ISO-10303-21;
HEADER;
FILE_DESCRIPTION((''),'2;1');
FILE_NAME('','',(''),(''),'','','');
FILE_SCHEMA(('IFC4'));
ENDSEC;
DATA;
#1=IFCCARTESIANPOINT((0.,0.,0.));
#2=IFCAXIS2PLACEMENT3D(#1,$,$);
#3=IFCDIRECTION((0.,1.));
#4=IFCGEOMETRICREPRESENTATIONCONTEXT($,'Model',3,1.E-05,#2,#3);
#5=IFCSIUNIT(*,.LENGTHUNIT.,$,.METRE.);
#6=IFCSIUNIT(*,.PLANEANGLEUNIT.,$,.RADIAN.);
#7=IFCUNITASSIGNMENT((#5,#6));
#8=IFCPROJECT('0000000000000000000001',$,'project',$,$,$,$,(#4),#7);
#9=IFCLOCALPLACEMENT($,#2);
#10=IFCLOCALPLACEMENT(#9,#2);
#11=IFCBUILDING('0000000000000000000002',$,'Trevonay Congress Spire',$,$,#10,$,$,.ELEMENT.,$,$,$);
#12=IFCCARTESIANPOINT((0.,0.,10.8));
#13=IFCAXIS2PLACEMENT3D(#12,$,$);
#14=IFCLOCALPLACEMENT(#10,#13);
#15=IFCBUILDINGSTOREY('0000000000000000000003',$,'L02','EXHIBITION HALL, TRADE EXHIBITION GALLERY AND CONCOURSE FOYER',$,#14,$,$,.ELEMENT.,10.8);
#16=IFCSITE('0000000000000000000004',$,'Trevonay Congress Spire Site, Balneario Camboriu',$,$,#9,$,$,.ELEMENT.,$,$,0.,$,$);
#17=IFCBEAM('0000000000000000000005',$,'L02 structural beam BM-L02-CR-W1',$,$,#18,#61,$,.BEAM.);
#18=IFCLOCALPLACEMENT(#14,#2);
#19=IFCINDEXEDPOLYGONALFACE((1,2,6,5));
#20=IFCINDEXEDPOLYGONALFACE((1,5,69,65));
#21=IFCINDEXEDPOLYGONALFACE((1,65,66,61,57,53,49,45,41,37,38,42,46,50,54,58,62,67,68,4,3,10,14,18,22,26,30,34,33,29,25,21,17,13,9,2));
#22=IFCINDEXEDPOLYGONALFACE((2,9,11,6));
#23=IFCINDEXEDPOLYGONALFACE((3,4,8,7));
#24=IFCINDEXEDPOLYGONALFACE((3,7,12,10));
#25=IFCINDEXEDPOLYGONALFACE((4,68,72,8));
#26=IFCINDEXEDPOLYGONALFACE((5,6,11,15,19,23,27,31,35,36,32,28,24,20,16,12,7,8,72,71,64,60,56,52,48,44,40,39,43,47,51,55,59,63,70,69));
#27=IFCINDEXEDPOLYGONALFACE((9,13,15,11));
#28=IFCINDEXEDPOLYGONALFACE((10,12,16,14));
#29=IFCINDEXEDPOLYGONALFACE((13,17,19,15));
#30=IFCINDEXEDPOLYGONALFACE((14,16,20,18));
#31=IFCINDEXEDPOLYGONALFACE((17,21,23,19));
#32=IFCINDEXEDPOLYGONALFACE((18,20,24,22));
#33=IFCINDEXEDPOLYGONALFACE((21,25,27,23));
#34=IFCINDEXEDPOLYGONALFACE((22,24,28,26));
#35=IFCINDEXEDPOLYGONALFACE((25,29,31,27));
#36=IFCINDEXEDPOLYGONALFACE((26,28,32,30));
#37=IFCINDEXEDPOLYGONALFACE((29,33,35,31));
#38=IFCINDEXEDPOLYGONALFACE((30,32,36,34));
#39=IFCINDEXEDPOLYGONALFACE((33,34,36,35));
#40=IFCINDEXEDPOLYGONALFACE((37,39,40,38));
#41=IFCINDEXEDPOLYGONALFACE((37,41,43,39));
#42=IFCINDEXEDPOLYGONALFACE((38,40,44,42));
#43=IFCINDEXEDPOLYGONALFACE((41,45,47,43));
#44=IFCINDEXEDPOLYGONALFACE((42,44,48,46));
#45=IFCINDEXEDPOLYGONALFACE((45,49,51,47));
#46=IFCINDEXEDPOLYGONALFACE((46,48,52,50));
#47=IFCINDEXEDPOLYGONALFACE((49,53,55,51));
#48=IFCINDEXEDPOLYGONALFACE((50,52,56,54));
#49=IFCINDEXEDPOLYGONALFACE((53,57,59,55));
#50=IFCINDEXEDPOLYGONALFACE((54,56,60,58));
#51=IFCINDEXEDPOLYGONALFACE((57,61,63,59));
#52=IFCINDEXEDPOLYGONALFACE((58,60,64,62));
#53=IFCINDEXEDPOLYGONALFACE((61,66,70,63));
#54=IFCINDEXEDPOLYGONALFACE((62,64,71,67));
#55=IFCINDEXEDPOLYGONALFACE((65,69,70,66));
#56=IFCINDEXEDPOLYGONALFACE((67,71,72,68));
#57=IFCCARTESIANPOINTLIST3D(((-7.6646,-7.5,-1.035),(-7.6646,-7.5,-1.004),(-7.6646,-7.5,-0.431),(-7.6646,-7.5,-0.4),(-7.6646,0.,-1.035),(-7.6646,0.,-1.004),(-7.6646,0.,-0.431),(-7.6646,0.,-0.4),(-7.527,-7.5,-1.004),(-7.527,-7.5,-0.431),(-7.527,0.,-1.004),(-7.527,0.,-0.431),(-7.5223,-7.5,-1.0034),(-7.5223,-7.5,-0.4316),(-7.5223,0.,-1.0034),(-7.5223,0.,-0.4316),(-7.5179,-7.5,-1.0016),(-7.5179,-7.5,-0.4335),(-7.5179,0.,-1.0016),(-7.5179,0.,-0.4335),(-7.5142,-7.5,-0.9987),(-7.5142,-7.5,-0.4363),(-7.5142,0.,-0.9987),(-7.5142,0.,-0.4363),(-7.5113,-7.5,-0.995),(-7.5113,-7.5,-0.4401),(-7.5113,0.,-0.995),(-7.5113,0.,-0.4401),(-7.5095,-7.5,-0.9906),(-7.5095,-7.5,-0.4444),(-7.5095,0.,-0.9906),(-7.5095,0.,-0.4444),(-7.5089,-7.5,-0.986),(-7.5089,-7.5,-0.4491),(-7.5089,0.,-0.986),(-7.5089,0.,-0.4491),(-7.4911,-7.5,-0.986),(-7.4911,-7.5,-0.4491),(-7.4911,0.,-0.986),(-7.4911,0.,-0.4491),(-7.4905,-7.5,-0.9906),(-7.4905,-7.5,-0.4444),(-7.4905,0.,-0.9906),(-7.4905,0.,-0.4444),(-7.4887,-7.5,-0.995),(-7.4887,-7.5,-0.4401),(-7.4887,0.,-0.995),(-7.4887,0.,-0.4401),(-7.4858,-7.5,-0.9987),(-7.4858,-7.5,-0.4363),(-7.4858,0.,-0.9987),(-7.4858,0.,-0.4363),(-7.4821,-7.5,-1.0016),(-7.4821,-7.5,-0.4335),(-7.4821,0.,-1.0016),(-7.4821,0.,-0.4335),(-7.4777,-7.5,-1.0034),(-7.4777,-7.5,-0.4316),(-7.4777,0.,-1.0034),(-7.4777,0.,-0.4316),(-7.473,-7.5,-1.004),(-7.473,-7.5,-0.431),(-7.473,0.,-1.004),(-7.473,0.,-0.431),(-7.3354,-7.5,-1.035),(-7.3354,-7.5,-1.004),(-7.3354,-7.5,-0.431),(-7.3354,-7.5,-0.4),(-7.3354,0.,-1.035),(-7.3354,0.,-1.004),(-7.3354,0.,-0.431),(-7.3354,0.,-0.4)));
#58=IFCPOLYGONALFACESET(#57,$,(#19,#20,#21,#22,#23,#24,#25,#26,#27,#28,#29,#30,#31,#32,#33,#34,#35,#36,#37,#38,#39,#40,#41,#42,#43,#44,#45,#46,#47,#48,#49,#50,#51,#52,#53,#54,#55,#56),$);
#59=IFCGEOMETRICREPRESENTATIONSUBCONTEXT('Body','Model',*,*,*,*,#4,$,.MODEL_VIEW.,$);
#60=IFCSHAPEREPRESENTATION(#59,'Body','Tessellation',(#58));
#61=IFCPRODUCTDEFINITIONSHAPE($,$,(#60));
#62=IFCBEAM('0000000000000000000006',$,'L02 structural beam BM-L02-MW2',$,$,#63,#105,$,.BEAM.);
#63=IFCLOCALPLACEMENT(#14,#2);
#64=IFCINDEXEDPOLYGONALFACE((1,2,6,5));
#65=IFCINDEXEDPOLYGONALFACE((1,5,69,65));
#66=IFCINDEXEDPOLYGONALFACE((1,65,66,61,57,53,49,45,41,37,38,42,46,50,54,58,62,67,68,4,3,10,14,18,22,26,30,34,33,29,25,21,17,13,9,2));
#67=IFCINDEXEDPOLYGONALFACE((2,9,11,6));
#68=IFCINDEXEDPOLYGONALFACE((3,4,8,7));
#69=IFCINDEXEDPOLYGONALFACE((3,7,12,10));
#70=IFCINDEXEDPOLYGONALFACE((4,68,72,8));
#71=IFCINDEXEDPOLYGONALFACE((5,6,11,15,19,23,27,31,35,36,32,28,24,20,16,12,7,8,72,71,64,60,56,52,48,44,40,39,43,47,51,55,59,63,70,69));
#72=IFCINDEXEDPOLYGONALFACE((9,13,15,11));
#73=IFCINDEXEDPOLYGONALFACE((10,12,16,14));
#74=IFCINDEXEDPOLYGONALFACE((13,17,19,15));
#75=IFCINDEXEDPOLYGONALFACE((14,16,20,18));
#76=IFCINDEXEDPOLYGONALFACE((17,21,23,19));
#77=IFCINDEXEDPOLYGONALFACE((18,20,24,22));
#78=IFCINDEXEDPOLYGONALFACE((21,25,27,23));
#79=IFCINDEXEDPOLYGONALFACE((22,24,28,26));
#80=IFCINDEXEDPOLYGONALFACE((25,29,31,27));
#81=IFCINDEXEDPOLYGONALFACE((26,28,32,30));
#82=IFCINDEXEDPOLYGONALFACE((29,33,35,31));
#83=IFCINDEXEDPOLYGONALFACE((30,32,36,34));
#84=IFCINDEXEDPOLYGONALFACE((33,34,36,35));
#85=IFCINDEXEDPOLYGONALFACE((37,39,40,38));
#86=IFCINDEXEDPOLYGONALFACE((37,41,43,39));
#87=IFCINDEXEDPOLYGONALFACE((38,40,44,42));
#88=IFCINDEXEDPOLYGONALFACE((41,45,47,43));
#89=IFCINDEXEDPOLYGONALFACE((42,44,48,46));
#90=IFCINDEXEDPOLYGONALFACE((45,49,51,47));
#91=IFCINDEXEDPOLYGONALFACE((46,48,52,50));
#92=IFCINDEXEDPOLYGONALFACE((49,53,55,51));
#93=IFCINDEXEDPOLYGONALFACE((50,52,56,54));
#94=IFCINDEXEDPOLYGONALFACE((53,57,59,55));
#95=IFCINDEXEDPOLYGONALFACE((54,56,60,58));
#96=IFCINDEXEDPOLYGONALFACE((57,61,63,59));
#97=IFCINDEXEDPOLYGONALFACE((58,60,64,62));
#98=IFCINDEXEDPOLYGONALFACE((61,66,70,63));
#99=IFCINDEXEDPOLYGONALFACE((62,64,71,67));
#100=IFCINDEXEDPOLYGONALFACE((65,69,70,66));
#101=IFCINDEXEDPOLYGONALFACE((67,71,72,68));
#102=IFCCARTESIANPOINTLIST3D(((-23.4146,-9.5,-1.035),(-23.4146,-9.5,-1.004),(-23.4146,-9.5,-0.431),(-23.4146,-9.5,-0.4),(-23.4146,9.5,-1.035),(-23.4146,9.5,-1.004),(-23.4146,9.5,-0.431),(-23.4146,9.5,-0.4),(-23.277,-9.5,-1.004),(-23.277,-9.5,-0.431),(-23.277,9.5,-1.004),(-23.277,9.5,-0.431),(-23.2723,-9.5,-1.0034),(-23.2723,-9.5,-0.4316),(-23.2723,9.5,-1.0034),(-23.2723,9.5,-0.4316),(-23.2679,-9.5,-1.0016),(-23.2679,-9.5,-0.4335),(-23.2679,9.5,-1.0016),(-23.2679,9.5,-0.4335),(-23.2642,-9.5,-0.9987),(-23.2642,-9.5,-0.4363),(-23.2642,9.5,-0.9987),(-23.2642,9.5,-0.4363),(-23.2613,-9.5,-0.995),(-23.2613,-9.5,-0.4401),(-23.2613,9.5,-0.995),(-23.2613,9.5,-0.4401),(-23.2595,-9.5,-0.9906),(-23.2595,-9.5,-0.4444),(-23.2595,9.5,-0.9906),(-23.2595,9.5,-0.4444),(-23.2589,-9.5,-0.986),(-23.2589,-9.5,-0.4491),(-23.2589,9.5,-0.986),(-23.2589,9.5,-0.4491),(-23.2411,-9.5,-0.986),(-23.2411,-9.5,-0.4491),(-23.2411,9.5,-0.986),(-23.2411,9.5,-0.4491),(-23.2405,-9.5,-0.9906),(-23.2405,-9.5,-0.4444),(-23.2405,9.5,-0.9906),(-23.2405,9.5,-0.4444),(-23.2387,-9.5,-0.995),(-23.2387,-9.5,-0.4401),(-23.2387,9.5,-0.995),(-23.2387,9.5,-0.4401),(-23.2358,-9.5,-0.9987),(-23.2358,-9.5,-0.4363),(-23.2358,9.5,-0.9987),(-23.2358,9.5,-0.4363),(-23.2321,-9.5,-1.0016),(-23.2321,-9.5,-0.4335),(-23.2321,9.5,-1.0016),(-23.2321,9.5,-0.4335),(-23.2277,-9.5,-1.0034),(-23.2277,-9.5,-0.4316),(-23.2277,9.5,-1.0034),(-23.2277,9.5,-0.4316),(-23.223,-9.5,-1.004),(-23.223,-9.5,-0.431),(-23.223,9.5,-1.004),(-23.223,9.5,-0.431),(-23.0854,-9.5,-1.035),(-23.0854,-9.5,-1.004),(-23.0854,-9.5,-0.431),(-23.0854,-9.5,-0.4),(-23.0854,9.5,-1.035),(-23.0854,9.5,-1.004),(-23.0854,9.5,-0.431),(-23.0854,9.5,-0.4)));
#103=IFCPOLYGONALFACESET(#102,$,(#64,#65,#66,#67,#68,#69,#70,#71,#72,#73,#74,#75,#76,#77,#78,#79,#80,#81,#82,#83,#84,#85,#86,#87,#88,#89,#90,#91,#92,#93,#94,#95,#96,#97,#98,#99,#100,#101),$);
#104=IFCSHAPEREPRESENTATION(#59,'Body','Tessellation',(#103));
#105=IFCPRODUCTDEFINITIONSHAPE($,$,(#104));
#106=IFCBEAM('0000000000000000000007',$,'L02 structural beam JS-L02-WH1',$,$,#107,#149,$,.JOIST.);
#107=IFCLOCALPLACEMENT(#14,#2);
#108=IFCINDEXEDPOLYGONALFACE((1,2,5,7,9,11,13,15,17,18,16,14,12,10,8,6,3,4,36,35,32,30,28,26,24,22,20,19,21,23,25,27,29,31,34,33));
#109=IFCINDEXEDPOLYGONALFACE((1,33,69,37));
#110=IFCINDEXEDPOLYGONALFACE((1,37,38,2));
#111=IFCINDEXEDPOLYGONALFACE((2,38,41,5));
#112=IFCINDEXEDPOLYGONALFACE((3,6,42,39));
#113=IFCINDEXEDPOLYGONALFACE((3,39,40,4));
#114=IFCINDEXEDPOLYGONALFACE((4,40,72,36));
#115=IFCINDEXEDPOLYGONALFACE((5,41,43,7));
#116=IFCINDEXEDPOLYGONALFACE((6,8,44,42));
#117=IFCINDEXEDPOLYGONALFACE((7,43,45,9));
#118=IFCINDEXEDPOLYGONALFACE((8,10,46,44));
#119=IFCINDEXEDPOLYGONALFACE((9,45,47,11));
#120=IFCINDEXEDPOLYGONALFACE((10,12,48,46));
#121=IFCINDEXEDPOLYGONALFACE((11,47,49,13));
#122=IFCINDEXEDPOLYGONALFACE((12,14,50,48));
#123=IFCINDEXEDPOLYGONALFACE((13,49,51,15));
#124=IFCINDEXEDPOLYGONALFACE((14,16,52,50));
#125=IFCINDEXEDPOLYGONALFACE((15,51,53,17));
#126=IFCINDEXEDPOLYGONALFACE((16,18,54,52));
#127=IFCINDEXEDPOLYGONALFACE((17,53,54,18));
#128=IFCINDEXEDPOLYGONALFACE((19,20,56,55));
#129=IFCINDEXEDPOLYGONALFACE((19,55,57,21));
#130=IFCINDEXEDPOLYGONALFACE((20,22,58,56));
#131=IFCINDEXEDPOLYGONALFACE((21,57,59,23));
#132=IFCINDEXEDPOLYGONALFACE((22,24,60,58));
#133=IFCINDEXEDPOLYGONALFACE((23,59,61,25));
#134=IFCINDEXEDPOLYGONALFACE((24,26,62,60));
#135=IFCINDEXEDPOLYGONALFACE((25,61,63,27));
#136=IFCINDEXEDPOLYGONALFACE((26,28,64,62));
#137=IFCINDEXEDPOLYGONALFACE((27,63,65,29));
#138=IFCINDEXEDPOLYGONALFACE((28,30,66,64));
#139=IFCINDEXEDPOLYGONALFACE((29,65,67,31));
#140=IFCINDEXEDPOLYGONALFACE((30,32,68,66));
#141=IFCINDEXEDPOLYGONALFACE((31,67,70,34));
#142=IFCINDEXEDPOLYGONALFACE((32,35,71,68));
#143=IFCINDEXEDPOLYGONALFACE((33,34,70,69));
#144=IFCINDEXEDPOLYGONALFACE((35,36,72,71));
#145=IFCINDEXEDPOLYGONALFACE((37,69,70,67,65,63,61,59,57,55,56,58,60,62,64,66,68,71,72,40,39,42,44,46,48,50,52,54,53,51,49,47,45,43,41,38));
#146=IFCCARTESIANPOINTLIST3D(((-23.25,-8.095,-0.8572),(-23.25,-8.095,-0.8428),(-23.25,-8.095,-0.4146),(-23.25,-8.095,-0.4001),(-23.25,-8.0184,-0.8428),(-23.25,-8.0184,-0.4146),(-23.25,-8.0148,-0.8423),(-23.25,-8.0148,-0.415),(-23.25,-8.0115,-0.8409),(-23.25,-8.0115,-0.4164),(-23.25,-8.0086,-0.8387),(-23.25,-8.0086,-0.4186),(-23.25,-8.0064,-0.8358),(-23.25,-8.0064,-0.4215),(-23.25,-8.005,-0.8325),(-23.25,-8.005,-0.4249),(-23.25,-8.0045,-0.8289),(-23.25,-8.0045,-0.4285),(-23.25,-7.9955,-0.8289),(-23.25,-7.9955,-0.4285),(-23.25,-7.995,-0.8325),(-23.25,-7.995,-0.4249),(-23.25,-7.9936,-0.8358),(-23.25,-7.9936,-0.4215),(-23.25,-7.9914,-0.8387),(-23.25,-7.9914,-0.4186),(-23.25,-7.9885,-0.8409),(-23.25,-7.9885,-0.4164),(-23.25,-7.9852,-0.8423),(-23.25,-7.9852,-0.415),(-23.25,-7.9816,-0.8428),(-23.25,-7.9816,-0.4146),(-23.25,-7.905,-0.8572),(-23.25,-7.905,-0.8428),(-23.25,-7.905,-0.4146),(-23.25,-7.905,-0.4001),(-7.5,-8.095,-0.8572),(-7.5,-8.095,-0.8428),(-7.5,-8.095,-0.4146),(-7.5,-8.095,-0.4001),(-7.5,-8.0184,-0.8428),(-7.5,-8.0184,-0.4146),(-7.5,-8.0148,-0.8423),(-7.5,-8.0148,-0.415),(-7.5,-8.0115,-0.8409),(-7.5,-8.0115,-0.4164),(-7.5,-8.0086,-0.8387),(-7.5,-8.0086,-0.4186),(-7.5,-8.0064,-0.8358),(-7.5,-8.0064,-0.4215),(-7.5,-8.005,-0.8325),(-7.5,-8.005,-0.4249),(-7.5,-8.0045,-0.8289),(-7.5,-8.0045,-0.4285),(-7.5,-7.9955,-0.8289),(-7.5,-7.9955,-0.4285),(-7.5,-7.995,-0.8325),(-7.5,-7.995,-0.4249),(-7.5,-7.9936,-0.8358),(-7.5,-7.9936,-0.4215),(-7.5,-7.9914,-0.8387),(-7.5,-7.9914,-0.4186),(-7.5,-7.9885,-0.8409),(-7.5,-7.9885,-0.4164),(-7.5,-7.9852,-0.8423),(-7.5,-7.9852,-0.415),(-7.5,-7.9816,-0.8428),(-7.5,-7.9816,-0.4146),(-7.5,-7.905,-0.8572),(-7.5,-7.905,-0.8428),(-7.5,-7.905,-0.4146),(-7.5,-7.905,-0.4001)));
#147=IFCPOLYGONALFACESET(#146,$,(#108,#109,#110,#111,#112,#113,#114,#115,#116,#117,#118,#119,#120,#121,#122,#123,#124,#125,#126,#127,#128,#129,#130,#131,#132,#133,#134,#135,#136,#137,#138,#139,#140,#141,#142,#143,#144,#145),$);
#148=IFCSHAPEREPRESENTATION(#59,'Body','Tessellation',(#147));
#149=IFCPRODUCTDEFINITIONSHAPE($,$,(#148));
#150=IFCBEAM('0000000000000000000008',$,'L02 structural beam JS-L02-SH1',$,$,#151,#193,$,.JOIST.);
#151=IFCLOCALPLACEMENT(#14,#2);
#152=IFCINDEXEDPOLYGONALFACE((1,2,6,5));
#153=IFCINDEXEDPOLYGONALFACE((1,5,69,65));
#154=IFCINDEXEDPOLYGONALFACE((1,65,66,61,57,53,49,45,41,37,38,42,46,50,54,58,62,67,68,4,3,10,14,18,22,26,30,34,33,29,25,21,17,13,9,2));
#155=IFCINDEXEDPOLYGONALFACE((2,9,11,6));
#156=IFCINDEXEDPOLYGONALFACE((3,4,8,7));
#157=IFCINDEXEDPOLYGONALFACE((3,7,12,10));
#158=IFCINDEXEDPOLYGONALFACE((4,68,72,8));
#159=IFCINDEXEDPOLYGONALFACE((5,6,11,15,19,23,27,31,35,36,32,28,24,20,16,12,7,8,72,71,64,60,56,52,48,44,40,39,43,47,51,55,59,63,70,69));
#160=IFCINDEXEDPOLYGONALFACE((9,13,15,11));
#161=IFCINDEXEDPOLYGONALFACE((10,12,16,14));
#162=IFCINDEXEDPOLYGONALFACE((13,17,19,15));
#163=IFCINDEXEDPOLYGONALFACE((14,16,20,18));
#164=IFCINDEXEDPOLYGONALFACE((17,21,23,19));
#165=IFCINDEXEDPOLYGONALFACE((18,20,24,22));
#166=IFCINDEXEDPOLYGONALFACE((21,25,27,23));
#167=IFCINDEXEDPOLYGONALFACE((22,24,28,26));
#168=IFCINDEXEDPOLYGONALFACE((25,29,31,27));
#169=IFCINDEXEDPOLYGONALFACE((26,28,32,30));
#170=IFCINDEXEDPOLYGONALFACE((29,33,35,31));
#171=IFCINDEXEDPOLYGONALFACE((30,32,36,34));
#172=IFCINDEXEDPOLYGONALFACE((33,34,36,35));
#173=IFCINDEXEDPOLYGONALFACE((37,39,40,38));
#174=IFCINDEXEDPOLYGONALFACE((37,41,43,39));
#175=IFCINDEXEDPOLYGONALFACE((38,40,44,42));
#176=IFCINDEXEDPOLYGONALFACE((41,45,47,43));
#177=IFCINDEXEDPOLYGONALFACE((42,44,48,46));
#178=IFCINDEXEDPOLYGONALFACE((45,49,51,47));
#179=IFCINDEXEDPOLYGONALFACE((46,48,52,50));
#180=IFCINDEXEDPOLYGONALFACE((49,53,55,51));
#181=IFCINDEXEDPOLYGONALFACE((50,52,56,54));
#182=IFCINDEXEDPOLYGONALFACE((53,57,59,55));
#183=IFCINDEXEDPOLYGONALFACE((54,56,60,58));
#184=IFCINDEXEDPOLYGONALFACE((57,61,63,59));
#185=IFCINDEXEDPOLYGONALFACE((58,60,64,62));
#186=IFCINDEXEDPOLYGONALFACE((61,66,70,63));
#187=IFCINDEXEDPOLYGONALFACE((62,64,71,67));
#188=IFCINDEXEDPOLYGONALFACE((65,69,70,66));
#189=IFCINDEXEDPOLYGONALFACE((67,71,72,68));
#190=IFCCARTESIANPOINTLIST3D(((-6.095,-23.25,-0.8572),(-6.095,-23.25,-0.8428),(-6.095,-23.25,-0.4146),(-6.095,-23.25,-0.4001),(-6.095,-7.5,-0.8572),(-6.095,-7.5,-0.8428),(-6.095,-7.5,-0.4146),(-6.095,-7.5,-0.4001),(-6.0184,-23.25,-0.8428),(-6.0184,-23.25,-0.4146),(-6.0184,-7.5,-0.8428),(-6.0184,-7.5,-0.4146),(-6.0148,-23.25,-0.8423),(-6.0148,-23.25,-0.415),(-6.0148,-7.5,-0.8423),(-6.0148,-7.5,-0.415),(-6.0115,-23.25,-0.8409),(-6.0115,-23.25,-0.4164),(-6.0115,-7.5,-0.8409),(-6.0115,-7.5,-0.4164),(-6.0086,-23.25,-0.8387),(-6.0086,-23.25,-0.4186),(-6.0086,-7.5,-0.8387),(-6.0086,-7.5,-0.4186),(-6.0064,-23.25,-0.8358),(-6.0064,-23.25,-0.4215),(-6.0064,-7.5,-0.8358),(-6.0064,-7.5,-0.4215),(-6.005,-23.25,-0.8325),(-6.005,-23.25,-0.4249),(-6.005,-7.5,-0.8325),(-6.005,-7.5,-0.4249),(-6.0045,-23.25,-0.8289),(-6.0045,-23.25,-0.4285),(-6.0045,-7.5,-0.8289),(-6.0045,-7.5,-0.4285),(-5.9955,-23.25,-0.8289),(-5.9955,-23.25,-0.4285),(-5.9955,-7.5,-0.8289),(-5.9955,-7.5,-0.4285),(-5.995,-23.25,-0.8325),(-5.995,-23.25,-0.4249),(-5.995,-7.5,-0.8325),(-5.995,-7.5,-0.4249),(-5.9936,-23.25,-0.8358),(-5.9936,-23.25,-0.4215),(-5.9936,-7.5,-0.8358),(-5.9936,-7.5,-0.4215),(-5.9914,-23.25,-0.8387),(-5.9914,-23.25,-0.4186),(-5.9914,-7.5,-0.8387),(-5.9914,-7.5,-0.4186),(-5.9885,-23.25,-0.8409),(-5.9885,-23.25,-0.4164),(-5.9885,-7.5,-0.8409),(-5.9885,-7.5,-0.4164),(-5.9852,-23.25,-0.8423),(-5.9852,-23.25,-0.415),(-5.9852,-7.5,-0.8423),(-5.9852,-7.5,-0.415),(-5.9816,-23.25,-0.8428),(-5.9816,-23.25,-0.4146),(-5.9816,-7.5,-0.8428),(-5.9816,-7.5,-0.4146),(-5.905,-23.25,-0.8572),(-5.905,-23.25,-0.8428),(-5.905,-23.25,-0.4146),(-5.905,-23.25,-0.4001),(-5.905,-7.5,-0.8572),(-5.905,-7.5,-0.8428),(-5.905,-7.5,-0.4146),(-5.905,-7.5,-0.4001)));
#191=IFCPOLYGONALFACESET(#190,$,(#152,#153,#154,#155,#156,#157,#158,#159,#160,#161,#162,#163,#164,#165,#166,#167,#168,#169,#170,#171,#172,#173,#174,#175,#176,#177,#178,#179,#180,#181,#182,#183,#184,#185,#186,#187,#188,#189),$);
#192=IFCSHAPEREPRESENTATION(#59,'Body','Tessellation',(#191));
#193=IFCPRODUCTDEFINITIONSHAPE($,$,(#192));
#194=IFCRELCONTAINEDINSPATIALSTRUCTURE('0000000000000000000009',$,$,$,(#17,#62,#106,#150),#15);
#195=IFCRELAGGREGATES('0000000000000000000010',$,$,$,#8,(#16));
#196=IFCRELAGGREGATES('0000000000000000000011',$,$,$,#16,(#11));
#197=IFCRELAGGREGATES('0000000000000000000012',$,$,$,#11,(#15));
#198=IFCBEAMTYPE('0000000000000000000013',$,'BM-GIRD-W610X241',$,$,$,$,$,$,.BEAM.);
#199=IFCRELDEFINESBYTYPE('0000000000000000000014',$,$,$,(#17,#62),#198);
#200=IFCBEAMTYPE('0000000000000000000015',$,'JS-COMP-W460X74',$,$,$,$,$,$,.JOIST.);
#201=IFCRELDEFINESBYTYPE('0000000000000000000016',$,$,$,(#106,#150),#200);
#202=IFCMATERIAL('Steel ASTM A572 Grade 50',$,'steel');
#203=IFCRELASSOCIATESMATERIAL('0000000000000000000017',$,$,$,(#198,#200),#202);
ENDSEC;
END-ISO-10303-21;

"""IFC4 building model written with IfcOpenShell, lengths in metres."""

from ifc_helpers import new_model, si_unit, direction, frame, origin, origin_2d, place, context, subcontext, project, spatial, i_section, extrude, material, material_profile, profile_set, type_object, element, save


model = new_model("IFC4")

# Units and contexts
model_context = context("Model", 3, precision=1e-05, world=origin(), true_north=direction((0.0, 1.0)))
body_context = subcontext(model_context, "Body", "Model", "MODEL_VIEW")
ifc_project = project(units=[si_unit("LENGTHUNIT", "METRE"), si_unit("PLANEANGLEUNIT", "RADIAN")], contexts=[model_context])

# Site, building, storey
site_placement = place(None, origin())
site = spatial("IfcSite", under=ifc_project, at=site_placement, Name="Trevonay Congress Spire Site, Balneario Camboriu", CompositionType="ELEMENT", RefElevation=0.0)
building_placement = place(site_placement, origin())
building = spatial("IfcBuilding", under=site, at=building_placement, Name="Trevonay Congress Spire", CompositionType="ELEMENT")
storey_placement = place(building_placement, frame((0.0, 0.0, 10.8)))
storey = spatial("IfcBuildingStorey", under=building, at=storey_placement, Name="L02", Description="EXHIBITION HALL, TRADE EXHIBITION GALLERY AND CONCOURSE FOYER", CompositionType="ELEMENT", Elevation=10.8)

# Shared definitions
ifc_material_1 = material(Name="Steel ASTM A572 Grade 50", Category="steel")

# Beams
ifc_material_profile_1 = material_profile(ifc_material_1, i_section(OverallWidth=0.3291, OverallDepth=0.635, WebThickness=0.0178, FlangeThickness=0.031, FilletRadius=0.0181, at=origin_2d()), Name="W610x241")
ifc_profile_set_1 = profile_set([ifc_material_profile_1], Name="Steel ASTM A572 Grade 50")
beam_type_1 = type_object("IfcBeamType", Name="BM-GIRD-W610X241", PredefinedType="BEAM", material=ifc_profile_set_1)
beam_1_placement = place(storey_placement, frame((-7.5, -7.5, -0.7175), z_axis=(0.0, 1.0, 0.0), x_axis=(-1.0, 0.0, 0.0)))
element("IfcBeam", 1, at=beam_1_placement, inside=storey, type_object=beam_type_1, Name="L02 structural beam BM-L02-CR-W1", PredefinedType="BEAM", context=body_context, shape_type="SweptSolid", body=[
    extrude(i_section(OverallWidth=0.3291, OverallDepth=0.635, WebThickness=0.0178, FlangeThickness=0.031, FilletRadius=0.0181, at=origin_2d()), origin(), (0.0, 0.0, 1.0), 7.5),
])
beam_2_placement = place(storey_placement, frame((-23.25, -9.5, -0.7175), z_axis=(0.0, 1.0, 0.0), x_axis=(-1.0, 0.0, 0.0)))
element("IfcBeam", 2, at=beam_2_placement, inside=storey, type_object=beam_type_1, Name="L02 structural beam BM-L02-MW2", PredefinedType="BEAM", context=body_context, shape_type="SweptSolid", body=[
    extrude(i_section(OverallWidth=0.3291, OverallDepth=0.635, WebThickness=0.0178, FlangeThickness=0.031, FilletRadius=0.0181, at=origin_2d()), origin(), (0.0, 0.0, 1.0), 19.0),
])
ifc_material_profile_2 = material_profile(ifc_material_1, i_section(OverallWidth=0.1899, OverallDepth=0.457, WebThickness=0.009, FlangeThickness=0.0144, FilletRadius=0.0139, at=origin_2d()), Name="W460x74")
ifc_profile_set_2 = profile_set([ifc_material_profile_2], Name="Steel ASTM A572 Grade 50")
beam_type_2 = type_object("IfcBeamType", Name="JS-COMP-W460X74", PredefinedType="JOIST", material=ifc_profile_set_2)
for number, where, z_axis, x_axis, name in (
    (3, (-23.25, -8.0, -0.6287), (1.0, 0.0, 0.0), (0.0, 1.0, 0.0), "L02 structural beam JS-L02-WH1"),
    (4, (-6.0, -23.25, -0.6287), (0.0, 1.0, 0.0), (-1.0, 0.0, 0.0), "L02 structural beam JS-L02-SH1"),
):
    element("IfcBeam", number, at=place(storey_placement, frame(where, z_axis=z_axis, x_axis=x_axis)), inside=storey, type_object=beam_type_2, Name=name, PredefinedType="JOIST", context=body_context, shape_type="SweptSolid", body=[
        extrude(i_section(OverallWidth=0.1899, OverallDepth=0.457, WebThickness=0.009, FlangeThickness=0.0144, FilletRadius=0.0139, at=origin_2d()), origin(), (0.0, 0.0, 1.0), 15.75),
    ])

save(model, "model.ifc")
